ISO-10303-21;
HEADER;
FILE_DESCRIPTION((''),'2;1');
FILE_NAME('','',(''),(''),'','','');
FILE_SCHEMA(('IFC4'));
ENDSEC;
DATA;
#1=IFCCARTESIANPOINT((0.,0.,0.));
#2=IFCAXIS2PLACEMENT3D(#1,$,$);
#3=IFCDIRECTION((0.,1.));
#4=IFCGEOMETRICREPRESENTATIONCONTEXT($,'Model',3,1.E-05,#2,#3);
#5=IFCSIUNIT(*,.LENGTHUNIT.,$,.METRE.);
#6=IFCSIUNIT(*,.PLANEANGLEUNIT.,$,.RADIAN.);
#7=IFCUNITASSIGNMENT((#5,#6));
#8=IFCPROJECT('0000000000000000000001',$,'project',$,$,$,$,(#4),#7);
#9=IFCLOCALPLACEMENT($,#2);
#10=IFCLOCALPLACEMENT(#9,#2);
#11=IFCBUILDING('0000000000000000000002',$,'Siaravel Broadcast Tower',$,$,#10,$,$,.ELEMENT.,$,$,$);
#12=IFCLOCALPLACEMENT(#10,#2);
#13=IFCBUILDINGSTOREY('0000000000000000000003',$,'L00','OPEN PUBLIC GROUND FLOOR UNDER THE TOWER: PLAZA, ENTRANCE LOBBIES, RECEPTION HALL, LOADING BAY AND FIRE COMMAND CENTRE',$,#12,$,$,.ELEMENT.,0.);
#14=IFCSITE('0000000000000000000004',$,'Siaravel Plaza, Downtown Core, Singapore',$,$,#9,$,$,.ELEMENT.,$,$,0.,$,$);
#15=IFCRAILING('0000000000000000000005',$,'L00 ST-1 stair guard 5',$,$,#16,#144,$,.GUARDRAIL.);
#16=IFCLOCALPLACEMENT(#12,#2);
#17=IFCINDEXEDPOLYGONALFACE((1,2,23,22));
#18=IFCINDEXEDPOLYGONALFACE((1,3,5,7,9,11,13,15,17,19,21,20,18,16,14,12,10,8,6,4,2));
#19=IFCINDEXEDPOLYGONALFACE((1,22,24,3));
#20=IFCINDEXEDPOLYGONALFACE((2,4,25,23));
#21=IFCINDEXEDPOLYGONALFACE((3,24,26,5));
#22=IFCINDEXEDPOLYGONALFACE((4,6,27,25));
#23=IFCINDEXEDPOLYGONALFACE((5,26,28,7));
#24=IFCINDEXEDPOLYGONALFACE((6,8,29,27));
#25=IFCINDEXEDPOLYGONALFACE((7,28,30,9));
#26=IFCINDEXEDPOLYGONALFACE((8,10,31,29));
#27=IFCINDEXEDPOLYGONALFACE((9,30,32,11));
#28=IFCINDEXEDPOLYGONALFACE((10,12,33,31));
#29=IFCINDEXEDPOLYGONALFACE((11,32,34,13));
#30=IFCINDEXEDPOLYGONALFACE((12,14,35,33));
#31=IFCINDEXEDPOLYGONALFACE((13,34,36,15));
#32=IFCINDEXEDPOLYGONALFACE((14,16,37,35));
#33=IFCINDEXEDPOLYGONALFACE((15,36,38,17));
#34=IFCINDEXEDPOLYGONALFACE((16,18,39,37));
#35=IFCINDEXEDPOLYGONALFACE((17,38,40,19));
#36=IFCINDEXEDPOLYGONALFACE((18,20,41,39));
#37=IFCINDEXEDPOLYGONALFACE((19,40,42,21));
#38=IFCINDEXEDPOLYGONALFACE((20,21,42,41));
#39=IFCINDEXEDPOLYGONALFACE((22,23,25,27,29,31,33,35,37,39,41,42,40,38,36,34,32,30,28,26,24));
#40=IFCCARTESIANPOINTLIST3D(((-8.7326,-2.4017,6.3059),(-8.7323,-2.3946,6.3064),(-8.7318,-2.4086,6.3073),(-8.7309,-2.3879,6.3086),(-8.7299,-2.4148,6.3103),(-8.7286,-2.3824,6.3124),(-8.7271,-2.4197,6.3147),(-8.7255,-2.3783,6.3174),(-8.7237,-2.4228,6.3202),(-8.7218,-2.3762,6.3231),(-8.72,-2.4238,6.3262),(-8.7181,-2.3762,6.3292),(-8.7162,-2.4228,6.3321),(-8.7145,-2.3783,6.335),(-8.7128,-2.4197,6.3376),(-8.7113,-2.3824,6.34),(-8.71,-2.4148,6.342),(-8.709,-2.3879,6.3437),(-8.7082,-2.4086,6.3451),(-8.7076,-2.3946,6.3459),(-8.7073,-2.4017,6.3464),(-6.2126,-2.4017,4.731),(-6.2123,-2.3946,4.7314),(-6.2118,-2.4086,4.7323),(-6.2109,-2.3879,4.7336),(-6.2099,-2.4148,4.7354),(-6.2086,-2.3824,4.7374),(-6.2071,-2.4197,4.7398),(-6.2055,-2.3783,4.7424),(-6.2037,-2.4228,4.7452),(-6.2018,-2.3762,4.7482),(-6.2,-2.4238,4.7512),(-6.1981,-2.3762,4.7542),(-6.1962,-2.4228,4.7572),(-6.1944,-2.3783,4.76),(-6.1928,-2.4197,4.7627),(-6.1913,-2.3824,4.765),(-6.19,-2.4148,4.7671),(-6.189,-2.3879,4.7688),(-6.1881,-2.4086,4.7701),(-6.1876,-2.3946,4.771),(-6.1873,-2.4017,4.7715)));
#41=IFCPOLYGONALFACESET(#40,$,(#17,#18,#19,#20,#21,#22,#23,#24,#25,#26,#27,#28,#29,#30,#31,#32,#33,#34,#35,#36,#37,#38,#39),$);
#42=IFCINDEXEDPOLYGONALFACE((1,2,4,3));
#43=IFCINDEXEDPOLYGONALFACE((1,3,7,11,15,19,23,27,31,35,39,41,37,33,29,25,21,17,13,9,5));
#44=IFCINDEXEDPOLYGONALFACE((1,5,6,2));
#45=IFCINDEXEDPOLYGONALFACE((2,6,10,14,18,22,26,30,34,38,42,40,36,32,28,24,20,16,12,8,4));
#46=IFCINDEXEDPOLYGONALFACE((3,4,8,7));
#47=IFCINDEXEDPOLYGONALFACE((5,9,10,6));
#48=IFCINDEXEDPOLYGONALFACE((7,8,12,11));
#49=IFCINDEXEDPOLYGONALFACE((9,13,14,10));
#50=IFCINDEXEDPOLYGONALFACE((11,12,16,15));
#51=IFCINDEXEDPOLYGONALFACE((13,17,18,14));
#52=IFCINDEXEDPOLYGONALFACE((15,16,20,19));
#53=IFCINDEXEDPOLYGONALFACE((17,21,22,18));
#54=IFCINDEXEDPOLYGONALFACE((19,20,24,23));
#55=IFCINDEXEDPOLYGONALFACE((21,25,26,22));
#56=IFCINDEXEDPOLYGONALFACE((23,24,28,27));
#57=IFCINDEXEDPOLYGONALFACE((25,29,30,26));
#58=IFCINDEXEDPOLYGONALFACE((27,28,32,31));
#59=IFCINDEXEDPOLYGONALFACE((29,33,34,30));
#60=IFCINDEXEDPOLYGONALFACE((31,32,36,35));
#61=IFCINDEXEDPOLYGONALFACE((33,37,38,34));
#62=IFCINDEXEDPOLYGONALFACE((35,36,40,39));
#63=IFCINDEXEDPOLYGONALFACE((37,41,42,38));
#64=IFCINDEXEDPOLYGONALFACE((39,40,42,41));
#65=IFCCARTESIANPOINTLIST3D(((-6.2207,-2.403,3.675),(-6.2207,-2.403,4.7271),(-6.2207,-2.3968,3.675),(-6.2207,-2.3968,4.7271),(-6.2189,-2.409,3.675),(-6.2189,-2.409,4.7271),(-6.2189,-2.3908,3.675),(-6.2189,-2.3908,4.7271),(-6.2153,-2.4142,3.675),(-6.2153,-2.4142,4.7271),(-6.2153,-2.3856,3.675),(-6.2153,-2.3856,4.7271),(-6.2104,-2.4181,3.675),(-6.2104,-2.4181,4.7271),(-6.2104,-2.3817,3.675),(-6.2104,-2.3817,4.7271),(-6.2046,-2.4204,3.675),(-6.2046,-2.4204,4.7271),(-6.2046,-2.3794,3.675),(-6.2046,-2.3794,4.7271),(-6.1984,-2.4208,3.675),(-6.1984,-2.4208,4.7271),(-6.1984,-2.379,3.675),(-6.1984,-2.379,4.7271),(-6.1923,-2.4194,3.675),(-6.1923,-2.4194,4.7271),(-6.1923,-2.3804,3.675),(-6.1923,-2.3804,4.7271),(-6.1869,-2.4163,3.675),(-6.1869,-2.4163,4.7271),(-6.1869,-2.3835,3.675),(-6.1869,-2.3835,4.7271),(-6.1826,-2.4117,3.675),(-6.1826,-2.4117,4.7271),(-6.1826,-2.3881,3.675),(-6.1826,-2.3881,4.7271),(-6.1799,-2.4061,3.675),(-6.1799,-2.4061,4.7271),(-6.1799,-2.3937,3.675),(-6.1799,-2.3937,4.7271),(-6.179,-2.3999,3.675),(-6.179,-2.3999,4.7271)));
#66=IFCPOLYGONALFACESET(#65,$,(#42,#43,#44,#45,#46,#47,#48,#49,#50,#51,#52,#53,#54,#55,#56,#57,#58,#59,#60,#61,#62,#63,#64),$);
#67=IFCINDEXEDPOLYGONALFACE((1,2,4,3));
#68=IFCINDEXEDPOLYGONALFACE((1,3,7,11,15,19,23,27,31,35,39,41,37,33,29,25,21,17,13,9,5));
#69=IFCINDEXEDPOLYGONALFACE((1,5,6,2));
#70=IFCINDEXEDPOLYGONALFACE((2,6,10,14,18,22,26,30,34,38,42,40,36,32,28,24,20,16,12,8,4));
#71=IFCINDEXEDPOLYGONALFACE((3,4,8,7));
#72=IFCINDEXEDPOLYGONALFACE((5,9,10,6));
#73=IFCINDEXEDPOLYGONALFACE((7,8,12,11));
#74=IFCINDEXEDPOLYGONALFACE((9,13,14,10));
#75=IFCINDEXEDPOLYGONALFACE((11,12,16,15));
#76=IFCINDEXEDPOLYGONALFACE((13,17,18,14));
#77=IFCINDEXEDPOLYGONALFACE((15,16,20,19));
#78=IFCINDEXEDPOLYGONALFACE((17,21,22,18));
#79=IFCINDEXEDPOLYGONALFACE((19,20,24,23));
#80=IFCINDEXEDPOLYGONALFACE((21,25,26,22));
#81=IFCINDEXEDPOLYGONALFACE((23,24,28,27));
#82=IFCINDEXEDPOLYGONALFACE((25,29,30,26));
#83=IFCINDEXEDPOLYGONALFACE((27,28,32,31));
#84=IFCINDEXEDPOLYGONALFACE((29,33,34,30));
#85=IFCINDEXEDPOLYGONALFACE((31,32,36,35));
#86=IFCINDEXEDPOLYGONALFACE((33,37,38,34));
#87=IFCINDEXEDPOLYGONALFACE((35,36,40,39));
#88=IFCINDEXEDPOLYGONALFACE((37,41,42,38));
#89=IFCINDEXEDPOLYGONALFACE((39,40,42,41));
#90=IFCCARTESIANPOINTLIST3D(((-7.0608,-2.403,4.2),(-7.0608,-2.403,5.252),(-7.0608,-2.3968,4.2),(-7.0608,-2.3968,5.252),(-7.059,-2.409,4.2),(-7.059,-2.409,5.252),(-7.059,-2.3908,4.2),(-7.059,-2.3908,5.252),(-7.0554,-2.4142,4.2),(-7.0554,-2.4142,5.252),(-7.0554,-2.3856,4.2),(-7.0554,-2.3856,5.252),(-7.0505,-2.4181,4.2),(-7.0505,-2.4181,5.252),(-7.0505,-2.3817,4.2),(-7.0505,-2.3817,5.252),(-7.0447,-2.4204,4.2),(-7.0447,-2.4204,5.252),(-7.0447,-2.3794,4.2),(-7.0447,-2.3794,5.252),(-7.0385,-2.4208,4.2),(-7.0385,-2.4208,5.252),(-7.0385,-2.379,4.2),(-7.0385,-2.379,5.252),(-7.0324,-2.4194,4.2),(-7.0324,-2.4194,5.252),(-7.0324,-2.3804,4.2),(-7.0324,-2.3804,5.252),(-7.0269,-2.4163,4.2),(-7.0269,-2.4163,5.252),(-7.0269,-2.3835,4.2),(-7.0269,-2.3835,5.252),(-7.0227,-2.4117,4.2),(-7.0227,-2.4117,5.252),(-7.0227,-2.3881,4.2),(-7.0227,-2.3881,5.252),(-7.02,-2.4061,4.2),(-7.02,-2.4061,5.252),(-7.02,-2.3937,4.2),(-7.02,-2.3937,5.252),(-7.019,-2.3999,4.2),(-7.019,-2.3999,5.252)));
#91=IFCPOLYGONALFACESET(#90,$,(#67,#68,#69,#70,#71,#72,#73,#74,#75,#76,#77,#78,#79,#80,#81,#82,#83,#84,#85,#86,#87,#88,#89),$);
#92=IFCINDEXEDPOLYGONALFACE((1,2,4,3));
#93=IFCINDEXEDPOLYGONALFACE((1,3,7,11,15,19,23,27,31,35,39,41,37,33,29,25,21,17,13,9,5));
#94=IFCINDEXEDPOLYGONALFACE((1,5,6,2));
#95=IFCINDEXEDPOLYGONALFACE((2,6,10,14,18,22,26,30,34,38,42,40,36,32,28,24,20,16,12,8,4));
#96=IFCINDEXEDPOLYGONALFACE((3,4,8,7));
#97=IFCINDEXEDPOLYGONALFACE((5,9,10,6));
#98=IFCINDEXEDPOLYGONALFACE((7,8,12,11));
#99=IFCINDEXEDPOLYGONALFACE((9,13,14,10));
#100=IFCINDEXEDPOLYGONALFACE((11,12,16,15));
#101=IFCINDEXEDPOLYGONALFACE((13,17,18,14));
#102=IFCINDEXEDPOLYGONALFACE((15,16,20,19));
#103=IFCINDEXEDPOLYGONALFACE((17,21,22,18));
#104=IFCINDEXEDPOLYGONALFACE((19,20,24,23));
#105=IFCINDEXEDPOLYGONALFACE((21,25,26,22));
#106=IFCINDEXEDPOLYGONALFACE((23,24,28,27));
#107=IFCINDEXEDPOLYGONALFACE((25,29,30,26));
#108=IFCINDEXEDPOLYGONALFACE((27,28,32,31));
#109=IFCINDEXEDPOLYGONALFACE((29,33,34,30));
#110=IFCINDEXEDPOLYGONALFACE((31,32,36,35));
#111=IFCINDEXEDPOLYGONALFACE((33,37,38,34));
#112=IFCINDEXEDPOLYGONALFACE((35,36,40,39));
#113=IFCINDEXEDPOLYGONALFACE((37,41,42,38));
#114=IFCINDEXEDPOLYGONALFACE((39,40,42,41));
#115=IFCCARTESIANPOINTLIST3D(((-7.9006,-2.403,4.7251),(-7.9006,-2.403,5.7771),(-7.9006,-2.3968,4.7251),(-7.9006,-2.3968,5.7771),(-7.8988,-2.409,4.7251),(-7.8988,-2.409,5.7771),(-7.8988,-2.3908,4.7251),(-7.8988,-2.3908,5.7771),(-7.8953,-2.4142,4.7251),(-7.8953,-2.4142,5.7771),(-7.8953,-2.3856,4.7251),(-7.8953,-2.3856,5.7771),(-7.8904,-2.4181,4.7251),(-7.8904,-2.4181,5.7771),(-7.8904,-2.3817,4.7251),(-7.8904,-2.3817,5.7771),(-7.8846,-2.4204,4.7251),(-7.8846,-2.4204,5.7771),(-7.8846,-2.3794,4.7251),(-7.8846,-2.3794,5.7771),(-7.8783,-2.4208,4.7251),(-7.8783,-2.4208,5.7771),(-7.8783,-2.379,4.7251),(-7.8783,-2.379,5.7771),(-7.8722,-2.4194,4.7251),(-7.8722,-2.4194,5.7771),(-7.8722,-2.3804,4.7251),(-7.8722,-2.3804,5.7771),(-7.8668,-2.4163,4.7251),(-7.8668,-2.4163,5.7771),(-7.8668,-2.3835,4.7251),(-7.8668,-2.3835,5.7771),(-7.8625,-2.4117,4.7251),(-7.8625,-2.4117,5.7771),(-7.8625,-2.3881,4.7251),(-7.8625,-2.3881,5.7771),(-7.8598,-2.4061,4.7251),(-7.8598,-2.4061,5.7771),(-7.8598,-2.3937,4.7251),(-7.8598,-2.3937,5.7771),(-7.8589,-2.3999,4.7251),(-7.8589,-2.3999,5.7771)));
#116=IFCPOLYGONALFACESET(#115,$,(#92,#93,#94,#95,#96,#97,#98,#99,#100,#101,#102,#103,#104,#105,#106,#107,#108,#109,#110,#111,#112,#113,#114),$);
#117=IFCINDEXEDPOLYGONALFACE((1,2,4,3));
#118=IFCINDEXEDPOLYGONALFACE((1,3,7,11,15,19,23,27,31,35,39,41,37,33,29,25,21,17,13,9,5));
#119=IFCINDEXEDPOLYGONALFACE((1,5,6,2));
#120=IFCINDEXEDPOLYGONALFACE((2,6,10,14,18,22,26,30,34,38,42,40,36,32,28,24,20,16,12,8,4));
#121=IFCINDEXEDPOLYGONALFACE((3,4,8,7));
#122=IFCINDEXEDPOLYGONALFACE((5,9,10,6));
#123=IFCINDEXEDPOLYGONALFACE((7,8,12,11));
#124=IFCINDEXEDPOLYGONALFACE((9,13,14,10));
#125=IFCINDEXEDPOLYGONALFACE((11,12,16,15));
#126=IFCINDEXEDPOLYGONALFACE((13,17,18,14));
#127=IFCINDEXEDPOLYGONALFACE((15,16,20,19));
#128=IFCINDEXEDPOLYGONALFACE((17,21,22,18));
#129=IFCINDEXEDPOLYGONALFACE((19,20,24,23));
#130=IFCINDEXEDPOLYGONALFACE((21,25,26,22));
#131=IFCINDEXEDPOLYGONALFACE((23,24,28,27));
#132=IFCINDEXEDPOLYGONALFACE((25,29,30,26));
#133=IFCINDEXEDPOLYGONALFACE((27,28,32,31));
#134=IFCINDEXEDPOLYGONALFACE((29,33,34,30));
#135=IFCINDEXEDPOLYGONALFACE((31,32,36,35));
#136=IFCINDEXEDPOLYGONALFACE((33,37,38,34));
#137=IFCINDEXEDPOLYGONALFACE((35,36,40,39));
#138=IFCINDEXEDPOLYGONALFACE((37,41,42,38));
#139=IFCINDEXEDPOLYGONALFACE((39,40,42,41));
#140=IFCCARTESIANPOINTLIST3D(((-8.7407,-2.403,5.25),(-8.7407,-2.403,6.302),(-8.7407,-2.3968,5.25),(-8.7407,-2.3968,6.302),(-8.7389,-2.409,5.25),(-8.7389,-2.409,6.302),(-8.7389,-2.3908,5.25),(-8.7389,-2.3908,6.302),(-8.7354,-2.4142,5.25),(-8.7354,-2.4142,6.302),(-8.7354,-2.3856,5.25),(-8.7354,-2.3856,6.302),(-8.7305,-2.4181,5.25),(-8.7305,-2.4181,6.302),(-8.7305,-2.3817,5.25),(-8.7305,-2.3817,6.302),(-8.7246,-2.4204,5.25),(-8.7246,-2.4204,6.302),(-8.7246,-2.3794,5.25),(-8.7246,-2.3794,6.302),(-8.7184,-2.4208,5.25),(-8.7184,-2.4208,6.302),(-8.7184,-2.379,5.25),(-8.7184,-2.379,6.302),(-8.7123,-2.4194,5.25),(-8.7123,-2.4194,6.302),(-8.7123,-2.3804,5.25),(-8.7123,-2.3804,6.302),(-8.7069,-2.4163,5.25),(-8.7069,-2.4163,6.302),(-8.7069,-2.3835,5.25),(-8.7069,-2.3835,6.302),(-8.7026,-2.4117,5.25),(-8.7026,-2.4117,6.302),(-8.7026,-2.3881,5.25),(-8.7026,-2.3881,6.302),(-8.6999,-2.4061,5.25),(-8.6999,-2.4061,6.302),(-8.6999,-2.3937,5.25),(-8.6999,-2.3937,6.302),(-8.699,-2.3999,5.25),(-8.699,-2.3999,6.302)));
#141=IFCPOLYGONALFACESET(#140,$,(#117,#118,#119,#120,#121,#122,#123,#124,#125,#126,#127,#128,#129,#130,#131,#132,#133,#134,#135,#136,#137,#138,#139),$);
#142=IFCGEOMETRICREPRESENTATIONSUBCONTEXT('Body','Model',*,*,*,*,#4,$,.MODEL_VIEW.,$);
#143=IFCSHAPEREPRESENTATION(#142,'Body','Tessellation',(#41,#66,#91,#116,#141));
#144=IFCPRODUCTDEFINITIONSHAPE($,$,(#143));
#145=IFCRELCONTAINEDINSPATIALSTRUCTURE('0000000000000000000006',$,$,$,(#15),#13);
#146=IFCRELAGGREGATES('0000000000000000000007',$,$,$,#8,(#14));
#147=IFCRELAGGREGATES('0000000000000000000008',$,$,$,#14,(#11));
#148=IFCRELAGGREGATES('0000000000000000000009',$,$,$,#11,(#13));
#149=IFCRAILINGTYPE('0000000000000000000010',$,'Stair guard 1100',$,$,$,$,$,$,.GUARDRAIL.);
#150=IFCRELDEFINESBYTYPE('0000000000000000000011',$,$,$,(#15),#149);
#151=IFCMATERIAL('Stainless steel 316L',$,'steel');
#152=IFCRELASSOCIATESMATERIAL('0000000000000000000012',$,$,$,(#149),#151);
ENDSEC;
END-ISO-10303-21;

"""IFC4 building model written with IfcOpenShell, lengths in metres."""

from ifc_helpers import new_model, si_unit, direction, frame, origin, origin_2d, place, context, subcontext, project, spatial, circle, extrude, material, type_object, element, save


model = new_model("IFC4")

# Units and contexts
model_context = context("Model", 3, precision=1e-05, world=origin(), true_north=direction((0.0, 1.0)))
body_context = subcontext(model_context, "Body", "Model", "MODEL_VIEW")
ifc_project = project(units=[si_unit("LENGTHUNIT", "METRE"), si_unit("PLANEANGLEUNIT", "RADIAN")], contexts=[model_context])

# Site, building, storey
site_placement = place(None, origin())
site = spatial("IfcSite", under=ifc_project, at=site_placement, Name="Siaravel Plaza, Downtown Core, Singapore", CompositionType="ELEMENT", RefElevation=0.0)
building_placement = place(site_placement, origin())
building = spatial("IfcBuilding", under=site, at=building_placement, Name="Siaravel Broadcast Tower", CompositionType="ELEMENT")
storey_placement = place(building_placement, origin())
storey = spatial("IfcBuildingStorey", under=building, at=storey_placement, Name="L00", Description="OPEN PUBLIC GROUND FLOOR UNDER THE TOWER: PLAZA, ENTRANCE LOBBIES, RECEPTION HALL, LOADING BAY AND FIRE COMMAND CENTRE", CompositionType="ELEMENT", Elevation=0.0)

# Shared definitions
ifc_material_1 = material(Name="Stainless steel 316L", Category="steel")

# Railing
railing_type_1 = type_object("IfcRailingType", Name="Stair guard 1100", PredefinedType="GUARDRAIL", material=ifc_material_1)
railing_1_placement = place(storey_placement, frame((-6.2, -2.3999, 3.675)))
element("IfcRailing", 1, at=railing_1_placement, inside=storey, type_object=railing_type_1, Name="L00 ST-1 stair guard 5", PredefinedType="GUARDRAIL", context=body_context, shape_type="SweptSolid", body=[
    extrude(circle(Radius=0.0239, at=origin_2d()), frame((0.0, 0.0, 1.0762), z_axis=(-0.848008, 0.0, 0.529984), x_axis=(0.0, -1.0, 0.0)), (0.0, 0.0, 1.0), 2.9717),
    extrude(circle(Radius=0.021, at=origin_2d()), origin(), (0.0, 0.0, 1.0), 1.052),
    extrude(circle(Radius=0.021, at=origin_2d()), frame((-0.8401, 0.0, 0.5249)), (0.0, 0.0, 1.0), 1.052),
    extrude(circle(Radius=0.021, at=origin_2d()), frame((-1.6799, 0.0, 1.05)), (0.0, 0.0, 1.0), 1.052),
    extrude(circle(Radius=0.021, at=origin_2d()), frame((-2.52, 0.0, 1.575)), (0.0, 0.0, 1.0), 1.052),
])

save(model, "model.ifc")
